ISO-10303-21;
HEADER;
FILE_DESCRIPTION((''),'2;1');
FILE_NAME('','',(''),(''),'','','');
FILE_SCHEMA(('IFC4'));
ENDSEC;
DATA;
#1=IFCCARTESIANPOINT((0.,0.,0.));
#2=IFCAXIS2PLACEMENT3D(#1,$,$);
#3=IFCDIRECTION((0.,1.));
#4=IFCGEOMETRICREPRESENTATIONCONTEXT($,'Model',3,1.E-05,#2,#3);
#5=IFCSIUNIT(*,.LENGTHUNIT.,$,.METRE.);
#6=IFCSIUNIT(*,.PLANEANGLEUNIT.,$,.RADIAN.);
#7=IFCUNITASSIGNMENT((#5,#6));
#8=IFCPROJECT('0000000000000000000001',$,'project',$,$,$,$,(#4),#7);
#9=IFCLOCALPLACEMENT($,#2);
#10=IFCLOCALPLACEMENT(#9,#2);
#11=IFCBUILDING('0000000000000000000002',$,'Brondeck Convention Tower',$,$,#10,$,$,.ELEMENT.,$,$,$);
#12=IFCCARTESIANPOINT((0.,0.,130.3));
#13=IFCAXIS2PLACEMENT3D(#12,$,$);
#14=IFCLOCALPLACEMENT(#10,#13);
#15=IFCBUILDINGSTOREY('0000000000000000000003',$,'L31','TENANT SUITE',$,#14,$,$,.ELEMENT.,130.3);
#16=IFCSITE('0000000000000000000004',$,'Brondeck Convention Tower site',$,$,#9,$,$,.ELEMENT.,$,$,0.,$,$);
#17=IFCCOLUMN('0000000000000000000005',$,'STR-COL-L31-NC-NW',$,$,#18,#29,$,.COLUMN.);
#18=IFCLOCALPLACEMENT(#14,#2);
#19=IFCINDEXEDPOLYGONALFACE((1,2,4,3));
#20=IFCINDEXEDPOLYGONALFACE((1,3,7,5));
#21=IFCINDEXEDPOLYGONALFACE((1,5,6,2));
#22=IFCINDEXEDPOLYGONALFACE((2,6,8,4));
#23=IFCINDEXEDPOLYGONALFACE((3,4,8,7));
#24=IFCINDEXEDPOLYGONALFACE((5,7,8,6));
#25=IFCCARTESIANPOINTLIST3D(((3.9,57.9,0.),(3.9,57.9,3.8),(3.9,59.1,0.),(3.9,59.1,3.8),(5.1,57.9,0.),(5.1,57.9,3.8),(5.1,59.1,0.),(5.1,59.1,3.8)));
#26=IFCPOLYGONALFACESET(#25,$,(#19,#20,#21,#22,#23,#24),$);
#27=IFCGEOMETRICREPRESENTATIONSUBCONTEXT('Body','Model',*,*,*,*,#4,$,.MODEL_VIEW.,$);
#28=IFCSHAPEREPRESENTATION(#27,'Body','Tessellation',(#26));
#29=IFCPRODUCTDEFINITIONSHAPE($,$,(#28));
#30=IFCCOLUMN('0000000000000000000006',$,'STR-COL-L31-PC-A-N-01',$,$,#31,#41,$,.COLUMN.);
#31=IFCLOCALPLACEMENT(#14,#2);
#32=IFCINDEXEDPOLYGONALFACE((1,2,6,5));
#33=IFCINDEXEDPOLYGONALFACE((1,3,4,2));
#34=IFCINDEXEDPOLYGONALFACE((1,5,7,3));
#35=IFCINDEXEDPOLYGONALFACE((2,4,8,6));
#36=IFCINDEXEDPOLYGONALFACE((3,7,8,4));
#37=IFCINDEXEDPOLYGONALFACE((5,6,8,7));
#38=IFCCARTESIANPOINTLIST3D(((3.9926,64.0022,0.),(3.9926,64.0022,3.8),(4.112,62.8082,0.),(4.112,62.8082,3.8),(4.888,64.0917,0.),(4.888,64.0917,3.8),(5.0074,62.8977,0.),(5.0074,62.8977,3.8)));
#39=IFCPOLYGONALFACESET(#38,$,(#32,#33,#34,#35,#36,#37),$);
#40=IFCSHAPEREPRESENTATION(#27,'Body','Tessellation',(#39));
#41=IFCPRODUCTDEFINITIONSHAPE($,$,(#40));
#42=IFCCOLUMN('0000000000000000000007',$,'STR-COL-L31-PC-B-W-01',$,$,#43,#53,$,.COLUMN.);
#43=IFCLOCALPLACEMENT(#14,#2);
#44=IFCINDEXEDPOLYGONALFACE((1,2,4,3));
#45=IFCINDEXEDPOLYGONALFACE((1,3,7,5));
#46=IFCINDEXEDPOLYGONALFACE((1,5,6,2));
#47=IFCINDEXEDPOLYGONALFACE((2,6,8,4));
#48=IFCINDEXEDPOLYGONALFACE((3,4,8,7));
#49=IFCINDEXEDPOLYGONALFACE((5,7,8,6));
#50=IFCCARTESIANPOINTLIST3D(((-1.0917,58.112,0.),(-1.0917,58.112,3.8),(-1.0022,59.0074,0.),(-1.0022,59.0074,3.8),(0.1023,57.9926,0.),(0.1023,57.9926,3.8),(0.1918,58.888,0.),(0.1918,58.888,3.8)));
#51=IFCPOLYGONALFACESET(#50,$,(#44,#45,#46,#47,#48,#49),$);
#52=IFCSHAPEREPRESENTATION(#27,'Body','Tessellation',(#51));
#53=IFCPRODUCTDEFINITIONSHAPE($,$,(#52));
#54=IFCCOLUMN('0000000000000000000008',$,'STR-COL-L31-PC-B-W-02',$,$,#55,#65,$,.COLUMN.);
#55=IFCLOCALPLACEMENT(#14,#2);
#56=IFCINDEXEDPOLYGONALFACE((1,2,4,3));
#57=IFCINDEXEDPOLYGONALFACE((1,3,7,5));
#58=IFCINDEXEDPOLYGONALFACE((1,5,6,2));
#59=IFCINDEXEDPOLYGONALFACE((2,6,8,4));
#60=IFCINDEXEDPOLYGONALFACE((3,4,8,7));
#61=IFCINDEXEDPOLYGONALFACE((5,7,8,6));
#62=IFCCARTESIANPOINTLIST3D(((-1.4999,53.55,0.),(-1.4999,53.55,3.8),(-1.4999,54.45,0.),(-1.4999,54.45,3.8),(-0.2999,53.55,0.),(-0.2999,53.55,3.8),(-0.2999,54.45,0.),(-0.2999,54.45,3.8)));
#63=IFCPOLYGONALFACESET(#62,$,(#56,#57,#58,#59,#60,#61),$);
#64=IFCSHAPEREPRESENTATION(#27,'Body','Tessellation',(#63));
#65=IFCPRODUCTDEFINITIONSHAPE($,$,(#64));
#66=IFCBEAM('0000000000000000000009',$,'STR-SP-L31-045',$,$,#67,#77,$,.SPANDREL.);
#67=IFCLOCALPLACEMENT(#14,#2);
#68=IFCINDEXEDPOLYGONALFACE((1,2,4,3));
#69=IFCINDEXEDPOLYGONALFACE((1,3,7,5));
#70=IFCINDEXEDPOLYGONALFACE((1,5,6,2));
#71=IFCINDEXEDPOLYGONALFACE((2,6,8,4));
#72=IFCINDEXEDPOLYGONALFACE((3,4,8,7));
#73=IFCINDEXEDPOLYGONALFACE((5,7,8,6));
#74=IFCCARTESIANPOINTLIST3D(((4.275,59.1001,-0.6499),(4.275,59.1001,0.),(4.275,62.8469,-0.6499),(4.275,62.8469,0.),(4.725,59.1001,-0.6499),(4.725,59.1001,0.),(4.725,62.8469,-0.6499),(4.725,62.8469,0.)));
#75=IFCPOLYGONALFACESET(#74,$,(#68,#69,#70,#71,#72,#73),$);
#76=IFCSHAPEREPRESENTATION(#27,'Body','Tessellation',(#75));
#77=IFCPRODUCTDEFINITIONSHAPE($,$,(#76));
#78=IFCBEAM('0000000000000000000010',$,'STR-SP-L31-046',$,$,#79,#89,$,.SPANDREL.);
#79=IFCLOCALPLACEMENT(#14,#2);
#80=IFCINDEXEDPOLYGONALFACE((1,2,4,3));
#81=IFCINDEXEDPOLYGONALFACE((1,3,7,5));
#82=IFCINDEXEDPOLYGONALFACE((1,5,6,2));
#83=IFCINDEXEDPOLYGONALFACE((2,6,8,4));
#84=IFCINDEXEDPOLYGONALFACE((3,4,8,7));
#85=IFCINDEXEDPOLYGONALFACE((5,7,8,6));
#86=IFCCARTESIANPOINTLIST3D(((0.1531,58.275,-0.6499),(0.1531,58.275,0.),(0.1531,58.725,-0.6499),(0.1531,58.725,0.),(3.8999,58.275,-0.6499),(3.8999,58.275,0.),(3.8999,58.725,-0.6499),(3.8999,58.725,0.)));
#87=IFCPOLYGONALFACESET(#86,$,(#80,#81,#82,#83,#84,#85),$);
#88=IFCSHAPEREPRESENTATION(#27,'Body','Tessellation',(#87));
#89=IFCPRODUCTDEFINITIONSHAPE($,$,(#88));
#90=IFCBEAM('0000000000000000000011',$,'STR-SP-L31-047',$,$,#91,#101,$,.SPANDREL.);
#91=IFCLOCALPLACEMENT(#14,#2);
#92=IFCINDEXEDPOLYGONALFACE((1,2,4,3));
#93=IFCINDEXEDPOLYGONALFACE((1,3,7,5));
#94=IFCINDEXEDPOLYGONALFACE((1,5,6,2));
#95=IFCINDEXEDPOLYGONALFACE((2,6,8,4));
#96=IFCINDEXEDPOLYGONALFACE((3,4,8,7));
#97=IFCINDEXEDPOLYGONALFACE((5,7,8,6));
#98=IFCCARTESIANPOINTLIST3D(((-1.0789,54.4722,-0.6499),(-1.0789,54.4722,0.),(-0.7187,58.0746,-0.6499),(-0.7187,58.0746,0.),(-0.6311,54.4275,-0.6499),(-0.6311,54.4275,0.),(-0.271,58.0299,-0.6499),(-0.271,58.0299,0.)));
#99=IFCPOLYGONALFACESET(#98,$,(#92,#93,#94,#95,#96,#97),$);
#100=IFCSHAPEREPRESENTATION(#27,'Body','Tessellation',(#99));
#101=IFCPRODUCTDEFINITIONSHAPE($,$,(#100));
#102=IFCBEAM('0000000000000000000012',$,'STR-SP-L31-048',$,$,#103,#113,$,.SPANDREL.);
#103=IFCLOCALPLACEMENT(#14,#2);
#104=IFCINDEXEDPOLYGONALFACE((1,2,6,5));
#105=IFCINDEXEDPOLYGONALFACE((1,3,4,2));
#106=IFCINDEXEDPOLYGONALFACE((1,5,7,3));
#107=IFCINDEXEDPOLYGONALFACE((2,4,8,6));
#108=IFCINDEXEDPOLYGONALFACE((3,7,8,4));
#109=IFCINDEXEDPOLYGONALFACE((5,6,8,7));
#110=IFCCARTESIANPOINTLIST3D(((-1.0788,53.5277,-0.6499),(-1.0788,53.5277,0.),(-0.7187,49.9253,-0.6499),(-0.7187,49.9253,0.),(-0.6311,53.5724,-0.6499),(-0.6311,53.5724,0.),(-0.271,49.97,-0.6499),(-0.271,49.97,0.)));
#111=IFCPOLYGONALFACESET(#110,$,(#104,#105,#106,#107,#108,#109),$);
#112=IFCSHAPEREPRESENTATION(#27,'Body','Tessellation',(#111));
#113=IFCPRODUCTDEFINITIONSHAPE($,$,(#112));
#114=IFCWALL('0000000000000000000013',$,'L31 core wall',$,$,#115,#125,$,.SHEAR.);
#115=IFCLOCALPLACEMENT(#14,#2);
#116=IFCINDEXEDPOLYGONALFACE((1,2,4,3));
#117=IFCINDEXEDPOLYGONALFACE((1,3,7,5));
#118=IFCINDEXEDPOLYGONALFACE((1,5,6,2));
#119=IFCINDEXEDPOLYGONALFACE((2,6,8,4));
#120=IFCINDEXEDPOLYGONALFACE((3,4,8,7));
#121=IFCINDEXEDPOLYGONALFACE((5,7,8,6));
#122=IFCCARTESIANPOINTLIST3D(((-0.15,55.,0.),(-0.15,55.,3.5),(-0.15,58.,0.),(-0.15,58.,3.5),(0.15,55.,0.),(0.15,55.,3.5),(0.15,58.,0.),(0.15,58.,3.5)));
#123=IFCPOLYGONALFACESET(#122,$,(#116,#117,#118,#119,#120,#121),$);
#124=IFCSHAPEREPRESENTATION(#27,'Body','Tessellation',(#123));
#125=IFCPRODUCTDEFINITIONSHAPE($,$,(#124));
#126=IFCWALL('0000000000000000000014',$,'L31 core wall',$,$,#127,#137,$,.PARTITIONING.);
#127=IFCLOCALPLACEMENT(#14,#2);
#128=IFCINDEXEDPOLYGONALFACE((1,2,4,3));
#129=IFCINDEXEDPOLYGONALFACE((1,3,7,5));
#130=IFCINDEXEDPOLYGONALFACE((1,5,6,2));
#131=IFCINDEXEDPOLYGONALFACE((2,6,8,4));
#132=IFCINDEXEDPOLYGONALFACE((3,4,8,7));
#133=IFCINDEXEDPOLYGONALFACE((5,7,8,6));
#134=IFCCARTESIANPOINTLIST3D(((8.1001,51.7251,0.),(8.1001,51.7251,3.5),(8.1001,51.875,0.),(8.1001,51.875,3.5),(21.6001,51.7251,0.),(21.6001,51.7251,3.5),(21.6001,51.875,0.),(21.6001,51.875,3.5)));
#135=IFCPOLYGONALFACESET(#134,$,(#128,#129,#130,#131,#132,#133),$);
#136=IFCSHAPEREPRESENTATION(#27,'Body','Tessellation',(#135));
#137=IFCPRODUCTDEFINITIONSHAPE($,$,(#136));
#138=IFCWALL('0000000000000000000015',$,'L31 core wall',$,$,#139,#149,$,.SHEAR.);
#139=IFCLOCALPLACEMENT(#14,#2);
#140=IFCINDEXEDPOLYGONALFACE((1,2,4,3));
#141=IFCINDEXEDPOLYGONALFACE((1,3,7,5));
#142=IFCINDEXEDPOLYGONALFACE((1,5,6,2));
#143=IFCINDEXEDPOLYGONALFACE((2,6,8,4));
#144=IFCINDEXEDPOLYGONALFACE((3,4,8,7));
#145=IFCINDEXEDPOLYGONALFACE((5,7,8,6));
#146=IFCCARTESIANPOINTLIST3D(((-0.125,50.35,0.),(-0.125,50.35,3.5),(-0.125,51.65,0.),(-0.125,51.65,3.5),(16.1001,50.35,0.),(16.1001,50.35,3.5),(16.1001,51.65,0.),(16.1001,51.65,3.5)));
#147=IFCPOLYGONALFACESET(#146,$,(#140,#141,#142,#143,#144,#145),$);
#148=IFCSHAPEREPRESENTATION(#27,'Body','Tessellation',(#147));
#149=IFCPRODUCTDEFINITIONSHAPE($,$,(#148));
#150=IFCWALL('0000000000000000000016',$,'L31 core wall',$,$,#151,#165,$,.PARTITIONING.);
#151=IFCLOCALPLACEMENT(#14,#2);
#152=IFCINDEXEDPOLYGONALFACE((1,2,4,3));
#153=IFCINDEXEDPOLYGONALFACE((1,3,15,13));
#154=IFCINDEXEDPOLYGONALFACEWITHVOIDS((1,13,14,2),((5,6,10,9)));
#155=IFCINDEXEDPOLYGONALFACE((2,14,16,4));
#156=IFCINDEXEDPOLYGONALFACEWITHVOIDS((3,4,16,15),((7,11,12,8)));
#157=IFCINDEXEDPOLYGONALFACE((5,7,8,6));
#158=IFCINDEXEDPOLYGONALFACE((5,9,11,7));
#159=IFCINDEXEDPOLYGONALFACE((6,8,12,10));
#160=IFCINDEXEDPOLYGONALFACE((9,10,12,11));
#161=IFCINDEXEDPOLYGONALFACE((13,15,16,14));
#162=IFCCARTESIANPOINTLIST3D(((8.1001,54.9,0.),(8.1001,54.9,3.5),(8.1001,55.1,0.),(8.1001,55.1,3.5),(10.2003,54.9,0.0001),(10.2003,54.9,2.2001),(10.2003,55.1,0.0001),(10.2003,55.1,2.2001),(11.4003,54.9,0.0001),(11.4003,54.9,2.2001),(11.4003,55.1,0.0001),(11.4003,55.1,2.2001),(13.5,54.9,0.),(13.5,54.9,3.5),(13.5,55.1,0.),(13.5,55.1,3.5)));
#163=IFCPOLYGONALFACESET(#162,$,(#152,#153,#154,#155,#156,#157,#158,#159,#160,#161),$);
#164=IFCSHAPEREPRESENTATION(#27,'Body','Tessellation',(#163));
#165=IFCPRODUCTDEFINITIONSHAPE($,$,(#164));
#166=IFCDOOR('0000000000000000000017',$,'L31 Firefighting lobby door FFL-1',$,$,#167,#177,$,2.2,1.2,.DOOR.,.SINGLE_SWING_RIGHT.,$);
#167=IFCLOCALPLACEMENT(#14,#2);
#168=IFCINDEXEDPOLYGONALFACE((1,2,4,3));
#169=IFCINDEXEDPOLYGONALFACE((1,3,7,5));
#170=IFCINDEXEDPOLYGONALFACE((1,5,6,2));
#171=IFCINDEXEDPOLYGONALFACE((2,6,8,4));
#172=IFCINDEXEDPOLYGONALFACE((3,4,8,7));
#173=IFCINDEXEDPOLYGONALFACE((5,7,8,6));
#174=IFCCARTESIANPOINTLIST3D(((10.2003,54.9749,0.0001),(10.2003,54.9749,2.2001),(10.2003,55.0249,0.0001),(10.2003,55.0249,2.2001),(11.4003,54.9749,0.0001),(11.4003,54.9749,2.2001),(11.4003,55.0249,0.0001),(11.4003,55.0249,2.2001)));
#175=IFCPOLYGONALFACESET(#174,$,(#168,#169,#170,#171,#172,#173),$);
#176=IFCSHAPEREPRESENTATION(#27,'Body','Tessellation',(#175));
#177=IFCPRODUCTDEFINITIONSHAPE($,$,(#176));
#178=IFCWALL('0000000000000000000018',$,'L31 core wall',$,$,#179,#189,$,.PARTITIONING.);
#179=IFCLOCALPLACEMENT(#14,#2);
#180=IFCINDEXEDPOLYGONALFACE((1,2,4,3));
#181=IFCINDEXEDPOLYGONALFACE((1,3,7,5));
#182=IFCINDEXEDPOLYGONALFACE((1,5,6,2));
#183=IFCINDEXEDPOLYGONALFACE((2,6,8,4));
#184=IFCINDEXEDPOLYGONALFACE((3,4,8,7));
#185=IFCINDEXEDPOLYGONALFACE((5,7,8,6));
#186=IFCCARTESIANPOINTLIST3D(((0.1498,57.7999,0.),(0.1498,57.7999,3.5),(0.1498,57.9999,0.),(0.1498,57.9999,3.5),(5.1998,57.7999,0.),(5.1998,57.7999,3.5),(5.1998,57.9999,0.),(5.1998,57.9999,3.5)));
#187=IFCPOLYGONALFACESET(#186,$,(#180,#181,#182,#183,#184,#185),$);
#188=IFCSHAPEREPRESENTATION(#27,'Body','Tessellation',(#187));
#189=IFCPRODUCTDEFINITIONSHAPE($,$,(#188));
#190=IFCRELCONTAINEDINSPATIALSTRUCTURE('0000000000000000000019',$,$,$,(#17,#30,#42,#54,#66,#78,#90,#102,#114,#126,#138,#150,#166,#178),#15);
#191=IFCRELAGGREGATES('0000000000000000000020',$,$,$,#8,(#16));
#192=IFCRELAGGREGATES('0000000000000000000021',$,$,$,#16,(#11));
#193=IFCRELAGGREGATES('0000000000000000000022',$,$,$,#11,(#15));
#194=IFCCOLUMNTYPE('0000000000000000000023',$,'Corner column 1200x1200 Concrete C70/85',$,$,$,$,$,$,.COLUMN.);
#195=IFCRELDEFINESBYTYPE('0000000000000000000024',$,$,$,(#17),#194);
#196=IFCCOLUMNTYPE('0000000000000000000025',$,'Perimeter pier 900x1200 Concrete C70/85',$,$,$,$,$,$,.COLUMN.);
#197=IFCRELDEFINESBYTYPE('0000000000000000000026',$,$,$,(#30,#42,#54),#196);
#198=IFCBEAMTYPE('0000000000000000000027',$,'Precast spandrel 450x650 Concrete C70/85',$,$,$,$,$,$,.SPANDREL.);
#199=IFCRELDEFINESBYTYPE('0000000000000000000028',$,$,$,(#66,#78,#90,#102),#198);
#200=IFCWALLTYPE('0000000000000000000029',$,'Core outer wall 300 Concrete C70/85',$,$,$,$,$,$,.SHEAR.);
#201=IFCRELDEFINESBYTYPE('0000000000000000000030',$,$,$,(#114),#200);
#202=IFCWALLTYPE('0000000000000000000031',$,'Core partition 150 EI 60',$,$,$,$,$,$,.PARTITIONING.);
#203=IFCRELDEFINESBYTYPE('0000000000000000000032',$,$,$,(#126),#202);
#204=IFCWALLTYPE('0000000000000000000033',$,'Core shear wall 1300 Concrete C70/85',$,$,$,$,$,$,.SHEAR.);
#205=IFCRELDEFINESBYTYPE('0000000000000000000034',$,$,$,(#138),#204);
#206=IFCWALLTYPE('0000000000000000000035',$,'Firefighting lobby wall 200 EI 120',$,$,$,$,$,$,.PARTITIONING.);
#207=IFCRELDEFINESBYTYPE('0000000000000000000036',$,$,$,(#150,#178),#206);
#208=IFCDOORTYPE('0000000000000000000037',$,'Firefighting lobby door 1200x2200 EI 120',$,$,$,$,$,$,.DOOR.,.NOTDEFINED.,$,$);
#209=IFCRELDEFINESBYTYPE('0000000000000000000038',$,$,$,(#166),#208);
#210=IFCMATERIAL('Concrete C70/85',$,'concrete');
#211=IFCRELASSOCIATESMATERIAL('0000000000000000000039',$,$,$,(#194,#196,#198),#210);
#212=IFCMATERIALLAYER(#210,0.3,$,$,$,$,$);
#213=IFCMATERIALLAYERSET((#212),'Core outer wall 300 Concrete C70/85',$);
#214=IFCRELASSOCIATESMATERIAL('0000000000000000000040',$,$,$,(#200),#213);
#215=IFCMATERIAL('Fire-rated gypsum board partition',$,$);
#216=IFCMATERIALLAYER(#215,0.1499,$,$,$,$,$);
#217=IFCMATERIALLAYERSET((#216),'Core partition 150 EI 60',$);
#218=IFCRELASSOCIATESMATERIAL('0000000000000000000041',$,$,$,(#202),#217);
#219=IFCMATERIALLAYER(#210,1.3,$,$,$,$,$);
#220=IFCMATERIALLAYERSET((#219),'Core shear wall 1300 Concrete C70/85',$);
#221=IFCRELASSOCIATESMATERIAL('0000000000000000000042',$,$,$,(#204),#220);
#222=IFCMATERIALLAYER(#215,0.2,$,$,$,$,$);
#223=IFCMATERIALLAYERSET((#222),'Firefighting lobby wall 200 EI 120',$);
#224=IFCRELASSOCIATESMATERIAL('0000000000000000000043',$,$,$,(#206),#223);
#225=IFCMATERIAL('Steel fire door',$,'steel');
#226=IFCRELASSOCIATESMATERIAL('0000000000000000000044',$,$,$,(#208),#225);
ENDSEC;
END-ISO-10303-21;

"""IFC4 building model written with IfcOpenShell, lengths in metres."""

from ifc_helpers import new_model, si_unit, direction, frame, frame_2d, origin, origin_2d, place, context, subcontext, project, spatial, rectangle, extrude, material, layer, layer_set, material_profile, profile_set, type_object, element, fill, save


model = new_model("IFC4")

# Units and contexts
model_context = context("Model", 3, precision=1e-05, world=origin(), true_north=direction((0.0, 1.0)))
body_context = subcontext(model_context, "Body", "Model", "MODEL_VIEW")
ifc_project = project(units=[si_unit("LENGTHUNIT", "METRE"), si_unit("PLANEANGLEUNIT", "RADIAN")], contexts=[model_context])

# Site, building, storey
site_placement = place(None, origin())
site = spatial("IfcSite", under=ifc_project, at=site_placement, Name="Brondeck Convention Tower site", CompositionType="ELEMENT", RefElevation=0.0)
building_placement = place(site_placement, origin())
building = spatial("IfcBuilding", under=site, at=building_placement, Name="Brondeck Convention Tower", CompositionType="ELEMENT")
storey_placement = place(building_placement, frame((0.0, 0.0, 130.3)))
storey = spatial("IfcBuildingStorey", under=building, at=storey_placement, Name="L31", Description="TENANT SUITE", CompositionType="ELEMENT", Elevation=130.3)

# Columns
ifc_material_1 = material(Name="Concrete C70/85", Category="concrete")
ifc_material_profile_1 = material_profile(ifc_material_1, rectangle(XDim=1.2, YDim=1.2, at=origin_2d()), Name="Corner column 1200x1200 Concrete C70/85")
ifc_profile_set_1 = profile_set([ifc_material_profile_1], Name="Concrete C70/85")
column_type_1 = type_object("IfcColumnType", Name="Corner column 1200x1200 Concrete C70/85", PredefinedType="COLUMN", material=ifc_profile_set_1)
column_placement = place(storey_placement, frame((4.5, 58.5, 0.0), z_axis=(0.0, 0.0, 1.0), x_axis=(1.0, 0.0, 0.0)))
element("IfcColumn", 1, at=column_placement, inside=storey, type_object=column_type_1, Name="STR-COL-L31-NC-NW", PredefinedType="COLUMN", context=body_context, shape_type="SweptSolid", body=[
    extrude(rectangle(XDim=1.2, YDim=1.2, at=origin_2d()), origin(), (0.0, 0.0, 1.0), 3.8),
])
ifc_material_profile_2 = material_profile(ifc_material_1, rectangle(XDim=0.8999, YDim=1.2, at=origin_2d()), Name="Perimeter pier 900x1200 Concrete C70/85")
ifc_profile_set_2 = profile_set([ifc_material_profile_2], Name="Concrete C70/85")
column_type_2 = type_object("IfcColumnType", Name="Perimeter pier 900x1200 Concrete C70/85", PredefinedType="COLUMN", material=ifc_profile_set_2)
for number, where, z_axis, x_axis, name in (
    (2, (4.5, 63.45, 0.0), (0.0, 0.0, 1.0), (-0.995037, -0.099504, 0.0), "STR-COL-L31-PC-A-N-01"),
    (3, (-0.45, 58.5, 0.0), (0.0, 0.0, 1.0), (-0.099504, -0.995037, 0.0), "STR-COL-L31-PC-B-W-01"),
    (4, (-0.8999, 54.0, 0.0), (0.0, 0.0, 1.0), (0.0, -1.0, 0.0), "STR-COL-L31-PC-B-W-02"),
):
    element("IfcColumn", number, at=place(storey_placement, frame(where, z_axis=z_axis, x_axis=x_axis)), inside=storey, type_object=column_type_2, Name=name, PredefinedType="COLUMN", context=body_context, shape_type="SweptSolid", body=[
        extrude(rectangle(XDim=0.8999, YDim=1.2, at=origin_2d()), origin(), (0.0, 0.0, 1.0), 3.8),
    ])

# Beams
ifc_material_profile_3 = material_profile(ifc_material_1, rectangle(XDim=0.45, YDim=0.6499, at=origin_2d()), Name="Precast spandrel 450x650 Concrete C70/85")
ifc_profile_set_3 = profile_set([ifc_material_profile_3], Name="Concrete C70/85")
beam_type = type_object("IfcBeamType", Name="Precast spandrel 450x650 Concrete C70/85", PredefinedType="SPANDREL", material=ifc_profile_set_3)
for number, where, z_axis, x_axis, name in (
    (5, (4.5, 62.8469, -0.325), (0.0, -1.0, 0.0), (1.0, 0.0, 0.0), "STR-SP-L31-045"),
    (6, (3.8999, 58.5, -0.325), (-1.0, 0.0, 0.0), (0.0, -1.0, 0.0), "STR-SP-L31-046"),
):
    element("IfcBeam", number, at=place(storey_placement, frame(where, z_axis=z_axis, x_axis=x_axis)), inside=storey, type_object=beam_type, Name=name, PredefinedType="SPANDREL", context=body_context, shape_type="SweptSolid", body=[
        extrude(rectangle(XDim=0.45, YDim=0.6499, at=origin_2d()), origin(), (0.0, 0.0, 1.0), 3.7468),
    ])
for number, where, z_axis, x_axis, name in (
    (7, (-0.4949, 58.0522, -0.325), (-0.09947, -0.995041, 0.0), (0.995041, -0.09947, 0.0), "STR-SP-L31-047"),
    (8, (-0.855, 53.55, -0.325), (0.09947, -0.995041, 0.0), (0.995041, 0.09947, 0.0), "STR-SP-L31-048"),
):
    element("IfcBeam", number, at=place(storey_placement, frame(where, z_axis=z_axis, x_axis=x_axis)), inside=storey, type_object=beam_type, Name=name, PredefinedType="SPANDREL", context=body_context, shape_type="SweptSolid", body=[
        extrude(rectangle(XDim=0.45, YDim=0.6499, at=origin_2d()), origin(), (0.0, 0.0, 1.0), 3.6204),
    ])

# Walls
ifc_layer_1 = layer(ifc_material_1, 0.3)
ifc_layer_set_1 = layer_set([ifc_layer_1], Name="Core outer wall 300 Concrete C70/85")
wall_type_1 = type_object("IfcWallType", Name="Core outer wall 300 Concrete C70/85", PredefinedType="SHEAR", material=ifc_layer_set_1)
wall_1_placement = place(storey_placement, frame((0.0, 55.0, 0.0), z_axis=(0.0, 0.0, 1.0), x_axis=(0.0, 1.0, 0.0)))
element("IfcWall", 9, at=wall_1_placement, inside=storey, type_object=wall_type_1, Name="L31 core wall", PredefinedType="SHEAR", context=body_context, shape_type="SweptSolid", body=[
    extrude(rectangle(XDim=3.0, YDim=0.3, at=frame_2d((1.5, 0.0))), origin(), (0.0, 0.0, 1.0), 3.5),
])
ifc_material_2 = material(Name="Fire-rated gypsum board partition")
ifc_layer_2 = layer(ifc_material_2, 0.1499)
ifc_layer_set_2 = layer_set([ifc_layer_2], Name="Core partition 150 EI 60")
wall_type_2 = type_object("IfcWallType", Name="Core partition 150 EI 60", PredefinedType="PARTITIONING", material=ifc_layer_set_2)
wall_2_placement = place(storey_placement, frame((8.1001, 51.8, 0.0), z_axis=(0.0, 0.0, 1.0), x_axis=(1.0, 0.0, 0.0)))
element("IfcWall", 10, at=wall_2_placement, inside=storey, type_object=wall_type_2, Name="L31 core wall", PredefinedType="PARTITIONING", context=body_context, shape_type="SweptSolid", body=[
    extrude(rectangle(XDim=13.5, YDim=0.1499, at=frame_2d((6.75, 0.0))), origin(), (0.0, 0.0, 1.0), 3.5),
])
ifc_layer_3 = layer(ifc_material_1, 1.3)
ifc_layer_set_3 = layer_set([ifc_layer_3], Name="Core shear wall 1300 Concrete C70/85")
wall_type_3 = type_object("IfcWallType", Name="Core shear wall 1300 Concrete C70/85", PredefinedType="SHEAR", material=ifc_layer_set_3)
wall_3_placement = place(storey_placement, frame((-0.125, 51.0, 0.0), z_axis=(0.0, 0.0, 1.0), x_axis=(1.0, 0.0, 0.0)))
element("IfcWall", 11, at=wall_3_placement, inside=storey, type_object=wall_type_3, Name="L31 core wall", PredefinedType="SHEAR", context=body_context, shape_type="SweptSolid", body=[
    extrude(rectangle(XDim=16.2251, YDim=1.3, at=frame_2d((8.1125, 0.0))), origin(), (0.0, 0.0, 1.0), 3.5),
])

# Wall, opening, door
ifc_layer_4 = layer(ifc_material_2, 0.2)
ifc_layer_set_4 = layer_set([ifc_layer_4], Name="Firefighting lobby wall 200 EI 120")
wall_type_4 = type_object("IfcWallType", Name="Firefighting lobby wall 200 EI 120", PredefinedType="PARTITIONING", material=ifc_layer_set_4)
wall_4_placement = place(storey_placement, frame((8.1001, 55.0, 0.0), z_axis=(0.0, 0.0, 1.0), x_axis=(1.0, 0.0, 0.0)))
wall_4 = element("IfcWall", 12, at=wall_4_placement, inside=storey, type_object=wall_type_4, Name="L31 core wall", PredefinedType="PARTITIONING", context=body_context, shape_type="SweptSolid", body=[
    extrude(rectangle(XDim=5.3999, YDim=0.2, at=frame_2d((2.7, 0.0))), origin(), (0.0, 0.0, 1.0), 3.5),
])
opening_1_placement = place(wall_4_placement, frame((2.1001, 0.0, 0.0)))
opening_1 = element("IfcOpeningElement", 13, at=opening_1_placement, cuts=wall_4, PredefinedType="OPENING", context=body_context, shape_type="SweptSolid", body=[
    extrude(rectangle(XDim=1.2, YDim=2.2, at=frame_2d((0.6001, 1.1001))), frame((0.0, 0.1099, 0.0), z_axis=(0.0, -1.0, 0.0), x_axis=(1.0, 0.0, 0.0)), (0.0, 0.0, 1.0), 0.22),
])
ifc_material_3 = material(Name="Steel fire door", Category="steel")
door_type_1 = type_object("IfcDoorType", Name="Firefighting lobby door 1200x2200 EI 120", OperationType="NOTDEFINED", PredefinedType="DOOR", material=ifc_material_3)
door_1_placement = place(opening_1_placement, origin())
door_1 = element("IfcDoor", 14, at=door_1_placement, inside=storey, type_object=door_type_1, Name="L31 Firefighting lobby door FFL-1", OperationType="SINGLE_SWING_RIGHT", OverallHeight=2.2, OverallWidth=1.2, PredefinedType="DOOR", context=body_context, shape_type="SweptSolid", body=[
    extrude(rectangle(XDim=1.2, YDim=2.2, at=frame_2d((0.6001, 1.1001))), frame((0.0, 0.0249, 0.0), z_axis=(0.0, -1.0, 0.0), x_axis=(1.0, 0.0, 0.0)), (0.0, 0.0, 1.0), 0.05),
])
fill(opening_1, door_1)

# Wall
wall_5_placement = place(storey_placement, frame((0.1499, 57.8999, 0.0), z_axis=(0.0, 0.0, 1.0), x_axis=(1.0, 0.0, 0.0)))
element("IfcWall", 15, at=wall_5_placement, inside=storey, type_object=wall_type_4, Name="L31 core wall", PredefinedType="PARTITIONING", context=body_context, shape_type="SweptSolid", body=[
    extrude(rectangle(XDim=5.05, YDim=0.2, at=frame_2d((2.5249, 0.0))), origin(), (0.0, 0.0, 1.0), 3.5),
])

save(model, "model.ifc")
